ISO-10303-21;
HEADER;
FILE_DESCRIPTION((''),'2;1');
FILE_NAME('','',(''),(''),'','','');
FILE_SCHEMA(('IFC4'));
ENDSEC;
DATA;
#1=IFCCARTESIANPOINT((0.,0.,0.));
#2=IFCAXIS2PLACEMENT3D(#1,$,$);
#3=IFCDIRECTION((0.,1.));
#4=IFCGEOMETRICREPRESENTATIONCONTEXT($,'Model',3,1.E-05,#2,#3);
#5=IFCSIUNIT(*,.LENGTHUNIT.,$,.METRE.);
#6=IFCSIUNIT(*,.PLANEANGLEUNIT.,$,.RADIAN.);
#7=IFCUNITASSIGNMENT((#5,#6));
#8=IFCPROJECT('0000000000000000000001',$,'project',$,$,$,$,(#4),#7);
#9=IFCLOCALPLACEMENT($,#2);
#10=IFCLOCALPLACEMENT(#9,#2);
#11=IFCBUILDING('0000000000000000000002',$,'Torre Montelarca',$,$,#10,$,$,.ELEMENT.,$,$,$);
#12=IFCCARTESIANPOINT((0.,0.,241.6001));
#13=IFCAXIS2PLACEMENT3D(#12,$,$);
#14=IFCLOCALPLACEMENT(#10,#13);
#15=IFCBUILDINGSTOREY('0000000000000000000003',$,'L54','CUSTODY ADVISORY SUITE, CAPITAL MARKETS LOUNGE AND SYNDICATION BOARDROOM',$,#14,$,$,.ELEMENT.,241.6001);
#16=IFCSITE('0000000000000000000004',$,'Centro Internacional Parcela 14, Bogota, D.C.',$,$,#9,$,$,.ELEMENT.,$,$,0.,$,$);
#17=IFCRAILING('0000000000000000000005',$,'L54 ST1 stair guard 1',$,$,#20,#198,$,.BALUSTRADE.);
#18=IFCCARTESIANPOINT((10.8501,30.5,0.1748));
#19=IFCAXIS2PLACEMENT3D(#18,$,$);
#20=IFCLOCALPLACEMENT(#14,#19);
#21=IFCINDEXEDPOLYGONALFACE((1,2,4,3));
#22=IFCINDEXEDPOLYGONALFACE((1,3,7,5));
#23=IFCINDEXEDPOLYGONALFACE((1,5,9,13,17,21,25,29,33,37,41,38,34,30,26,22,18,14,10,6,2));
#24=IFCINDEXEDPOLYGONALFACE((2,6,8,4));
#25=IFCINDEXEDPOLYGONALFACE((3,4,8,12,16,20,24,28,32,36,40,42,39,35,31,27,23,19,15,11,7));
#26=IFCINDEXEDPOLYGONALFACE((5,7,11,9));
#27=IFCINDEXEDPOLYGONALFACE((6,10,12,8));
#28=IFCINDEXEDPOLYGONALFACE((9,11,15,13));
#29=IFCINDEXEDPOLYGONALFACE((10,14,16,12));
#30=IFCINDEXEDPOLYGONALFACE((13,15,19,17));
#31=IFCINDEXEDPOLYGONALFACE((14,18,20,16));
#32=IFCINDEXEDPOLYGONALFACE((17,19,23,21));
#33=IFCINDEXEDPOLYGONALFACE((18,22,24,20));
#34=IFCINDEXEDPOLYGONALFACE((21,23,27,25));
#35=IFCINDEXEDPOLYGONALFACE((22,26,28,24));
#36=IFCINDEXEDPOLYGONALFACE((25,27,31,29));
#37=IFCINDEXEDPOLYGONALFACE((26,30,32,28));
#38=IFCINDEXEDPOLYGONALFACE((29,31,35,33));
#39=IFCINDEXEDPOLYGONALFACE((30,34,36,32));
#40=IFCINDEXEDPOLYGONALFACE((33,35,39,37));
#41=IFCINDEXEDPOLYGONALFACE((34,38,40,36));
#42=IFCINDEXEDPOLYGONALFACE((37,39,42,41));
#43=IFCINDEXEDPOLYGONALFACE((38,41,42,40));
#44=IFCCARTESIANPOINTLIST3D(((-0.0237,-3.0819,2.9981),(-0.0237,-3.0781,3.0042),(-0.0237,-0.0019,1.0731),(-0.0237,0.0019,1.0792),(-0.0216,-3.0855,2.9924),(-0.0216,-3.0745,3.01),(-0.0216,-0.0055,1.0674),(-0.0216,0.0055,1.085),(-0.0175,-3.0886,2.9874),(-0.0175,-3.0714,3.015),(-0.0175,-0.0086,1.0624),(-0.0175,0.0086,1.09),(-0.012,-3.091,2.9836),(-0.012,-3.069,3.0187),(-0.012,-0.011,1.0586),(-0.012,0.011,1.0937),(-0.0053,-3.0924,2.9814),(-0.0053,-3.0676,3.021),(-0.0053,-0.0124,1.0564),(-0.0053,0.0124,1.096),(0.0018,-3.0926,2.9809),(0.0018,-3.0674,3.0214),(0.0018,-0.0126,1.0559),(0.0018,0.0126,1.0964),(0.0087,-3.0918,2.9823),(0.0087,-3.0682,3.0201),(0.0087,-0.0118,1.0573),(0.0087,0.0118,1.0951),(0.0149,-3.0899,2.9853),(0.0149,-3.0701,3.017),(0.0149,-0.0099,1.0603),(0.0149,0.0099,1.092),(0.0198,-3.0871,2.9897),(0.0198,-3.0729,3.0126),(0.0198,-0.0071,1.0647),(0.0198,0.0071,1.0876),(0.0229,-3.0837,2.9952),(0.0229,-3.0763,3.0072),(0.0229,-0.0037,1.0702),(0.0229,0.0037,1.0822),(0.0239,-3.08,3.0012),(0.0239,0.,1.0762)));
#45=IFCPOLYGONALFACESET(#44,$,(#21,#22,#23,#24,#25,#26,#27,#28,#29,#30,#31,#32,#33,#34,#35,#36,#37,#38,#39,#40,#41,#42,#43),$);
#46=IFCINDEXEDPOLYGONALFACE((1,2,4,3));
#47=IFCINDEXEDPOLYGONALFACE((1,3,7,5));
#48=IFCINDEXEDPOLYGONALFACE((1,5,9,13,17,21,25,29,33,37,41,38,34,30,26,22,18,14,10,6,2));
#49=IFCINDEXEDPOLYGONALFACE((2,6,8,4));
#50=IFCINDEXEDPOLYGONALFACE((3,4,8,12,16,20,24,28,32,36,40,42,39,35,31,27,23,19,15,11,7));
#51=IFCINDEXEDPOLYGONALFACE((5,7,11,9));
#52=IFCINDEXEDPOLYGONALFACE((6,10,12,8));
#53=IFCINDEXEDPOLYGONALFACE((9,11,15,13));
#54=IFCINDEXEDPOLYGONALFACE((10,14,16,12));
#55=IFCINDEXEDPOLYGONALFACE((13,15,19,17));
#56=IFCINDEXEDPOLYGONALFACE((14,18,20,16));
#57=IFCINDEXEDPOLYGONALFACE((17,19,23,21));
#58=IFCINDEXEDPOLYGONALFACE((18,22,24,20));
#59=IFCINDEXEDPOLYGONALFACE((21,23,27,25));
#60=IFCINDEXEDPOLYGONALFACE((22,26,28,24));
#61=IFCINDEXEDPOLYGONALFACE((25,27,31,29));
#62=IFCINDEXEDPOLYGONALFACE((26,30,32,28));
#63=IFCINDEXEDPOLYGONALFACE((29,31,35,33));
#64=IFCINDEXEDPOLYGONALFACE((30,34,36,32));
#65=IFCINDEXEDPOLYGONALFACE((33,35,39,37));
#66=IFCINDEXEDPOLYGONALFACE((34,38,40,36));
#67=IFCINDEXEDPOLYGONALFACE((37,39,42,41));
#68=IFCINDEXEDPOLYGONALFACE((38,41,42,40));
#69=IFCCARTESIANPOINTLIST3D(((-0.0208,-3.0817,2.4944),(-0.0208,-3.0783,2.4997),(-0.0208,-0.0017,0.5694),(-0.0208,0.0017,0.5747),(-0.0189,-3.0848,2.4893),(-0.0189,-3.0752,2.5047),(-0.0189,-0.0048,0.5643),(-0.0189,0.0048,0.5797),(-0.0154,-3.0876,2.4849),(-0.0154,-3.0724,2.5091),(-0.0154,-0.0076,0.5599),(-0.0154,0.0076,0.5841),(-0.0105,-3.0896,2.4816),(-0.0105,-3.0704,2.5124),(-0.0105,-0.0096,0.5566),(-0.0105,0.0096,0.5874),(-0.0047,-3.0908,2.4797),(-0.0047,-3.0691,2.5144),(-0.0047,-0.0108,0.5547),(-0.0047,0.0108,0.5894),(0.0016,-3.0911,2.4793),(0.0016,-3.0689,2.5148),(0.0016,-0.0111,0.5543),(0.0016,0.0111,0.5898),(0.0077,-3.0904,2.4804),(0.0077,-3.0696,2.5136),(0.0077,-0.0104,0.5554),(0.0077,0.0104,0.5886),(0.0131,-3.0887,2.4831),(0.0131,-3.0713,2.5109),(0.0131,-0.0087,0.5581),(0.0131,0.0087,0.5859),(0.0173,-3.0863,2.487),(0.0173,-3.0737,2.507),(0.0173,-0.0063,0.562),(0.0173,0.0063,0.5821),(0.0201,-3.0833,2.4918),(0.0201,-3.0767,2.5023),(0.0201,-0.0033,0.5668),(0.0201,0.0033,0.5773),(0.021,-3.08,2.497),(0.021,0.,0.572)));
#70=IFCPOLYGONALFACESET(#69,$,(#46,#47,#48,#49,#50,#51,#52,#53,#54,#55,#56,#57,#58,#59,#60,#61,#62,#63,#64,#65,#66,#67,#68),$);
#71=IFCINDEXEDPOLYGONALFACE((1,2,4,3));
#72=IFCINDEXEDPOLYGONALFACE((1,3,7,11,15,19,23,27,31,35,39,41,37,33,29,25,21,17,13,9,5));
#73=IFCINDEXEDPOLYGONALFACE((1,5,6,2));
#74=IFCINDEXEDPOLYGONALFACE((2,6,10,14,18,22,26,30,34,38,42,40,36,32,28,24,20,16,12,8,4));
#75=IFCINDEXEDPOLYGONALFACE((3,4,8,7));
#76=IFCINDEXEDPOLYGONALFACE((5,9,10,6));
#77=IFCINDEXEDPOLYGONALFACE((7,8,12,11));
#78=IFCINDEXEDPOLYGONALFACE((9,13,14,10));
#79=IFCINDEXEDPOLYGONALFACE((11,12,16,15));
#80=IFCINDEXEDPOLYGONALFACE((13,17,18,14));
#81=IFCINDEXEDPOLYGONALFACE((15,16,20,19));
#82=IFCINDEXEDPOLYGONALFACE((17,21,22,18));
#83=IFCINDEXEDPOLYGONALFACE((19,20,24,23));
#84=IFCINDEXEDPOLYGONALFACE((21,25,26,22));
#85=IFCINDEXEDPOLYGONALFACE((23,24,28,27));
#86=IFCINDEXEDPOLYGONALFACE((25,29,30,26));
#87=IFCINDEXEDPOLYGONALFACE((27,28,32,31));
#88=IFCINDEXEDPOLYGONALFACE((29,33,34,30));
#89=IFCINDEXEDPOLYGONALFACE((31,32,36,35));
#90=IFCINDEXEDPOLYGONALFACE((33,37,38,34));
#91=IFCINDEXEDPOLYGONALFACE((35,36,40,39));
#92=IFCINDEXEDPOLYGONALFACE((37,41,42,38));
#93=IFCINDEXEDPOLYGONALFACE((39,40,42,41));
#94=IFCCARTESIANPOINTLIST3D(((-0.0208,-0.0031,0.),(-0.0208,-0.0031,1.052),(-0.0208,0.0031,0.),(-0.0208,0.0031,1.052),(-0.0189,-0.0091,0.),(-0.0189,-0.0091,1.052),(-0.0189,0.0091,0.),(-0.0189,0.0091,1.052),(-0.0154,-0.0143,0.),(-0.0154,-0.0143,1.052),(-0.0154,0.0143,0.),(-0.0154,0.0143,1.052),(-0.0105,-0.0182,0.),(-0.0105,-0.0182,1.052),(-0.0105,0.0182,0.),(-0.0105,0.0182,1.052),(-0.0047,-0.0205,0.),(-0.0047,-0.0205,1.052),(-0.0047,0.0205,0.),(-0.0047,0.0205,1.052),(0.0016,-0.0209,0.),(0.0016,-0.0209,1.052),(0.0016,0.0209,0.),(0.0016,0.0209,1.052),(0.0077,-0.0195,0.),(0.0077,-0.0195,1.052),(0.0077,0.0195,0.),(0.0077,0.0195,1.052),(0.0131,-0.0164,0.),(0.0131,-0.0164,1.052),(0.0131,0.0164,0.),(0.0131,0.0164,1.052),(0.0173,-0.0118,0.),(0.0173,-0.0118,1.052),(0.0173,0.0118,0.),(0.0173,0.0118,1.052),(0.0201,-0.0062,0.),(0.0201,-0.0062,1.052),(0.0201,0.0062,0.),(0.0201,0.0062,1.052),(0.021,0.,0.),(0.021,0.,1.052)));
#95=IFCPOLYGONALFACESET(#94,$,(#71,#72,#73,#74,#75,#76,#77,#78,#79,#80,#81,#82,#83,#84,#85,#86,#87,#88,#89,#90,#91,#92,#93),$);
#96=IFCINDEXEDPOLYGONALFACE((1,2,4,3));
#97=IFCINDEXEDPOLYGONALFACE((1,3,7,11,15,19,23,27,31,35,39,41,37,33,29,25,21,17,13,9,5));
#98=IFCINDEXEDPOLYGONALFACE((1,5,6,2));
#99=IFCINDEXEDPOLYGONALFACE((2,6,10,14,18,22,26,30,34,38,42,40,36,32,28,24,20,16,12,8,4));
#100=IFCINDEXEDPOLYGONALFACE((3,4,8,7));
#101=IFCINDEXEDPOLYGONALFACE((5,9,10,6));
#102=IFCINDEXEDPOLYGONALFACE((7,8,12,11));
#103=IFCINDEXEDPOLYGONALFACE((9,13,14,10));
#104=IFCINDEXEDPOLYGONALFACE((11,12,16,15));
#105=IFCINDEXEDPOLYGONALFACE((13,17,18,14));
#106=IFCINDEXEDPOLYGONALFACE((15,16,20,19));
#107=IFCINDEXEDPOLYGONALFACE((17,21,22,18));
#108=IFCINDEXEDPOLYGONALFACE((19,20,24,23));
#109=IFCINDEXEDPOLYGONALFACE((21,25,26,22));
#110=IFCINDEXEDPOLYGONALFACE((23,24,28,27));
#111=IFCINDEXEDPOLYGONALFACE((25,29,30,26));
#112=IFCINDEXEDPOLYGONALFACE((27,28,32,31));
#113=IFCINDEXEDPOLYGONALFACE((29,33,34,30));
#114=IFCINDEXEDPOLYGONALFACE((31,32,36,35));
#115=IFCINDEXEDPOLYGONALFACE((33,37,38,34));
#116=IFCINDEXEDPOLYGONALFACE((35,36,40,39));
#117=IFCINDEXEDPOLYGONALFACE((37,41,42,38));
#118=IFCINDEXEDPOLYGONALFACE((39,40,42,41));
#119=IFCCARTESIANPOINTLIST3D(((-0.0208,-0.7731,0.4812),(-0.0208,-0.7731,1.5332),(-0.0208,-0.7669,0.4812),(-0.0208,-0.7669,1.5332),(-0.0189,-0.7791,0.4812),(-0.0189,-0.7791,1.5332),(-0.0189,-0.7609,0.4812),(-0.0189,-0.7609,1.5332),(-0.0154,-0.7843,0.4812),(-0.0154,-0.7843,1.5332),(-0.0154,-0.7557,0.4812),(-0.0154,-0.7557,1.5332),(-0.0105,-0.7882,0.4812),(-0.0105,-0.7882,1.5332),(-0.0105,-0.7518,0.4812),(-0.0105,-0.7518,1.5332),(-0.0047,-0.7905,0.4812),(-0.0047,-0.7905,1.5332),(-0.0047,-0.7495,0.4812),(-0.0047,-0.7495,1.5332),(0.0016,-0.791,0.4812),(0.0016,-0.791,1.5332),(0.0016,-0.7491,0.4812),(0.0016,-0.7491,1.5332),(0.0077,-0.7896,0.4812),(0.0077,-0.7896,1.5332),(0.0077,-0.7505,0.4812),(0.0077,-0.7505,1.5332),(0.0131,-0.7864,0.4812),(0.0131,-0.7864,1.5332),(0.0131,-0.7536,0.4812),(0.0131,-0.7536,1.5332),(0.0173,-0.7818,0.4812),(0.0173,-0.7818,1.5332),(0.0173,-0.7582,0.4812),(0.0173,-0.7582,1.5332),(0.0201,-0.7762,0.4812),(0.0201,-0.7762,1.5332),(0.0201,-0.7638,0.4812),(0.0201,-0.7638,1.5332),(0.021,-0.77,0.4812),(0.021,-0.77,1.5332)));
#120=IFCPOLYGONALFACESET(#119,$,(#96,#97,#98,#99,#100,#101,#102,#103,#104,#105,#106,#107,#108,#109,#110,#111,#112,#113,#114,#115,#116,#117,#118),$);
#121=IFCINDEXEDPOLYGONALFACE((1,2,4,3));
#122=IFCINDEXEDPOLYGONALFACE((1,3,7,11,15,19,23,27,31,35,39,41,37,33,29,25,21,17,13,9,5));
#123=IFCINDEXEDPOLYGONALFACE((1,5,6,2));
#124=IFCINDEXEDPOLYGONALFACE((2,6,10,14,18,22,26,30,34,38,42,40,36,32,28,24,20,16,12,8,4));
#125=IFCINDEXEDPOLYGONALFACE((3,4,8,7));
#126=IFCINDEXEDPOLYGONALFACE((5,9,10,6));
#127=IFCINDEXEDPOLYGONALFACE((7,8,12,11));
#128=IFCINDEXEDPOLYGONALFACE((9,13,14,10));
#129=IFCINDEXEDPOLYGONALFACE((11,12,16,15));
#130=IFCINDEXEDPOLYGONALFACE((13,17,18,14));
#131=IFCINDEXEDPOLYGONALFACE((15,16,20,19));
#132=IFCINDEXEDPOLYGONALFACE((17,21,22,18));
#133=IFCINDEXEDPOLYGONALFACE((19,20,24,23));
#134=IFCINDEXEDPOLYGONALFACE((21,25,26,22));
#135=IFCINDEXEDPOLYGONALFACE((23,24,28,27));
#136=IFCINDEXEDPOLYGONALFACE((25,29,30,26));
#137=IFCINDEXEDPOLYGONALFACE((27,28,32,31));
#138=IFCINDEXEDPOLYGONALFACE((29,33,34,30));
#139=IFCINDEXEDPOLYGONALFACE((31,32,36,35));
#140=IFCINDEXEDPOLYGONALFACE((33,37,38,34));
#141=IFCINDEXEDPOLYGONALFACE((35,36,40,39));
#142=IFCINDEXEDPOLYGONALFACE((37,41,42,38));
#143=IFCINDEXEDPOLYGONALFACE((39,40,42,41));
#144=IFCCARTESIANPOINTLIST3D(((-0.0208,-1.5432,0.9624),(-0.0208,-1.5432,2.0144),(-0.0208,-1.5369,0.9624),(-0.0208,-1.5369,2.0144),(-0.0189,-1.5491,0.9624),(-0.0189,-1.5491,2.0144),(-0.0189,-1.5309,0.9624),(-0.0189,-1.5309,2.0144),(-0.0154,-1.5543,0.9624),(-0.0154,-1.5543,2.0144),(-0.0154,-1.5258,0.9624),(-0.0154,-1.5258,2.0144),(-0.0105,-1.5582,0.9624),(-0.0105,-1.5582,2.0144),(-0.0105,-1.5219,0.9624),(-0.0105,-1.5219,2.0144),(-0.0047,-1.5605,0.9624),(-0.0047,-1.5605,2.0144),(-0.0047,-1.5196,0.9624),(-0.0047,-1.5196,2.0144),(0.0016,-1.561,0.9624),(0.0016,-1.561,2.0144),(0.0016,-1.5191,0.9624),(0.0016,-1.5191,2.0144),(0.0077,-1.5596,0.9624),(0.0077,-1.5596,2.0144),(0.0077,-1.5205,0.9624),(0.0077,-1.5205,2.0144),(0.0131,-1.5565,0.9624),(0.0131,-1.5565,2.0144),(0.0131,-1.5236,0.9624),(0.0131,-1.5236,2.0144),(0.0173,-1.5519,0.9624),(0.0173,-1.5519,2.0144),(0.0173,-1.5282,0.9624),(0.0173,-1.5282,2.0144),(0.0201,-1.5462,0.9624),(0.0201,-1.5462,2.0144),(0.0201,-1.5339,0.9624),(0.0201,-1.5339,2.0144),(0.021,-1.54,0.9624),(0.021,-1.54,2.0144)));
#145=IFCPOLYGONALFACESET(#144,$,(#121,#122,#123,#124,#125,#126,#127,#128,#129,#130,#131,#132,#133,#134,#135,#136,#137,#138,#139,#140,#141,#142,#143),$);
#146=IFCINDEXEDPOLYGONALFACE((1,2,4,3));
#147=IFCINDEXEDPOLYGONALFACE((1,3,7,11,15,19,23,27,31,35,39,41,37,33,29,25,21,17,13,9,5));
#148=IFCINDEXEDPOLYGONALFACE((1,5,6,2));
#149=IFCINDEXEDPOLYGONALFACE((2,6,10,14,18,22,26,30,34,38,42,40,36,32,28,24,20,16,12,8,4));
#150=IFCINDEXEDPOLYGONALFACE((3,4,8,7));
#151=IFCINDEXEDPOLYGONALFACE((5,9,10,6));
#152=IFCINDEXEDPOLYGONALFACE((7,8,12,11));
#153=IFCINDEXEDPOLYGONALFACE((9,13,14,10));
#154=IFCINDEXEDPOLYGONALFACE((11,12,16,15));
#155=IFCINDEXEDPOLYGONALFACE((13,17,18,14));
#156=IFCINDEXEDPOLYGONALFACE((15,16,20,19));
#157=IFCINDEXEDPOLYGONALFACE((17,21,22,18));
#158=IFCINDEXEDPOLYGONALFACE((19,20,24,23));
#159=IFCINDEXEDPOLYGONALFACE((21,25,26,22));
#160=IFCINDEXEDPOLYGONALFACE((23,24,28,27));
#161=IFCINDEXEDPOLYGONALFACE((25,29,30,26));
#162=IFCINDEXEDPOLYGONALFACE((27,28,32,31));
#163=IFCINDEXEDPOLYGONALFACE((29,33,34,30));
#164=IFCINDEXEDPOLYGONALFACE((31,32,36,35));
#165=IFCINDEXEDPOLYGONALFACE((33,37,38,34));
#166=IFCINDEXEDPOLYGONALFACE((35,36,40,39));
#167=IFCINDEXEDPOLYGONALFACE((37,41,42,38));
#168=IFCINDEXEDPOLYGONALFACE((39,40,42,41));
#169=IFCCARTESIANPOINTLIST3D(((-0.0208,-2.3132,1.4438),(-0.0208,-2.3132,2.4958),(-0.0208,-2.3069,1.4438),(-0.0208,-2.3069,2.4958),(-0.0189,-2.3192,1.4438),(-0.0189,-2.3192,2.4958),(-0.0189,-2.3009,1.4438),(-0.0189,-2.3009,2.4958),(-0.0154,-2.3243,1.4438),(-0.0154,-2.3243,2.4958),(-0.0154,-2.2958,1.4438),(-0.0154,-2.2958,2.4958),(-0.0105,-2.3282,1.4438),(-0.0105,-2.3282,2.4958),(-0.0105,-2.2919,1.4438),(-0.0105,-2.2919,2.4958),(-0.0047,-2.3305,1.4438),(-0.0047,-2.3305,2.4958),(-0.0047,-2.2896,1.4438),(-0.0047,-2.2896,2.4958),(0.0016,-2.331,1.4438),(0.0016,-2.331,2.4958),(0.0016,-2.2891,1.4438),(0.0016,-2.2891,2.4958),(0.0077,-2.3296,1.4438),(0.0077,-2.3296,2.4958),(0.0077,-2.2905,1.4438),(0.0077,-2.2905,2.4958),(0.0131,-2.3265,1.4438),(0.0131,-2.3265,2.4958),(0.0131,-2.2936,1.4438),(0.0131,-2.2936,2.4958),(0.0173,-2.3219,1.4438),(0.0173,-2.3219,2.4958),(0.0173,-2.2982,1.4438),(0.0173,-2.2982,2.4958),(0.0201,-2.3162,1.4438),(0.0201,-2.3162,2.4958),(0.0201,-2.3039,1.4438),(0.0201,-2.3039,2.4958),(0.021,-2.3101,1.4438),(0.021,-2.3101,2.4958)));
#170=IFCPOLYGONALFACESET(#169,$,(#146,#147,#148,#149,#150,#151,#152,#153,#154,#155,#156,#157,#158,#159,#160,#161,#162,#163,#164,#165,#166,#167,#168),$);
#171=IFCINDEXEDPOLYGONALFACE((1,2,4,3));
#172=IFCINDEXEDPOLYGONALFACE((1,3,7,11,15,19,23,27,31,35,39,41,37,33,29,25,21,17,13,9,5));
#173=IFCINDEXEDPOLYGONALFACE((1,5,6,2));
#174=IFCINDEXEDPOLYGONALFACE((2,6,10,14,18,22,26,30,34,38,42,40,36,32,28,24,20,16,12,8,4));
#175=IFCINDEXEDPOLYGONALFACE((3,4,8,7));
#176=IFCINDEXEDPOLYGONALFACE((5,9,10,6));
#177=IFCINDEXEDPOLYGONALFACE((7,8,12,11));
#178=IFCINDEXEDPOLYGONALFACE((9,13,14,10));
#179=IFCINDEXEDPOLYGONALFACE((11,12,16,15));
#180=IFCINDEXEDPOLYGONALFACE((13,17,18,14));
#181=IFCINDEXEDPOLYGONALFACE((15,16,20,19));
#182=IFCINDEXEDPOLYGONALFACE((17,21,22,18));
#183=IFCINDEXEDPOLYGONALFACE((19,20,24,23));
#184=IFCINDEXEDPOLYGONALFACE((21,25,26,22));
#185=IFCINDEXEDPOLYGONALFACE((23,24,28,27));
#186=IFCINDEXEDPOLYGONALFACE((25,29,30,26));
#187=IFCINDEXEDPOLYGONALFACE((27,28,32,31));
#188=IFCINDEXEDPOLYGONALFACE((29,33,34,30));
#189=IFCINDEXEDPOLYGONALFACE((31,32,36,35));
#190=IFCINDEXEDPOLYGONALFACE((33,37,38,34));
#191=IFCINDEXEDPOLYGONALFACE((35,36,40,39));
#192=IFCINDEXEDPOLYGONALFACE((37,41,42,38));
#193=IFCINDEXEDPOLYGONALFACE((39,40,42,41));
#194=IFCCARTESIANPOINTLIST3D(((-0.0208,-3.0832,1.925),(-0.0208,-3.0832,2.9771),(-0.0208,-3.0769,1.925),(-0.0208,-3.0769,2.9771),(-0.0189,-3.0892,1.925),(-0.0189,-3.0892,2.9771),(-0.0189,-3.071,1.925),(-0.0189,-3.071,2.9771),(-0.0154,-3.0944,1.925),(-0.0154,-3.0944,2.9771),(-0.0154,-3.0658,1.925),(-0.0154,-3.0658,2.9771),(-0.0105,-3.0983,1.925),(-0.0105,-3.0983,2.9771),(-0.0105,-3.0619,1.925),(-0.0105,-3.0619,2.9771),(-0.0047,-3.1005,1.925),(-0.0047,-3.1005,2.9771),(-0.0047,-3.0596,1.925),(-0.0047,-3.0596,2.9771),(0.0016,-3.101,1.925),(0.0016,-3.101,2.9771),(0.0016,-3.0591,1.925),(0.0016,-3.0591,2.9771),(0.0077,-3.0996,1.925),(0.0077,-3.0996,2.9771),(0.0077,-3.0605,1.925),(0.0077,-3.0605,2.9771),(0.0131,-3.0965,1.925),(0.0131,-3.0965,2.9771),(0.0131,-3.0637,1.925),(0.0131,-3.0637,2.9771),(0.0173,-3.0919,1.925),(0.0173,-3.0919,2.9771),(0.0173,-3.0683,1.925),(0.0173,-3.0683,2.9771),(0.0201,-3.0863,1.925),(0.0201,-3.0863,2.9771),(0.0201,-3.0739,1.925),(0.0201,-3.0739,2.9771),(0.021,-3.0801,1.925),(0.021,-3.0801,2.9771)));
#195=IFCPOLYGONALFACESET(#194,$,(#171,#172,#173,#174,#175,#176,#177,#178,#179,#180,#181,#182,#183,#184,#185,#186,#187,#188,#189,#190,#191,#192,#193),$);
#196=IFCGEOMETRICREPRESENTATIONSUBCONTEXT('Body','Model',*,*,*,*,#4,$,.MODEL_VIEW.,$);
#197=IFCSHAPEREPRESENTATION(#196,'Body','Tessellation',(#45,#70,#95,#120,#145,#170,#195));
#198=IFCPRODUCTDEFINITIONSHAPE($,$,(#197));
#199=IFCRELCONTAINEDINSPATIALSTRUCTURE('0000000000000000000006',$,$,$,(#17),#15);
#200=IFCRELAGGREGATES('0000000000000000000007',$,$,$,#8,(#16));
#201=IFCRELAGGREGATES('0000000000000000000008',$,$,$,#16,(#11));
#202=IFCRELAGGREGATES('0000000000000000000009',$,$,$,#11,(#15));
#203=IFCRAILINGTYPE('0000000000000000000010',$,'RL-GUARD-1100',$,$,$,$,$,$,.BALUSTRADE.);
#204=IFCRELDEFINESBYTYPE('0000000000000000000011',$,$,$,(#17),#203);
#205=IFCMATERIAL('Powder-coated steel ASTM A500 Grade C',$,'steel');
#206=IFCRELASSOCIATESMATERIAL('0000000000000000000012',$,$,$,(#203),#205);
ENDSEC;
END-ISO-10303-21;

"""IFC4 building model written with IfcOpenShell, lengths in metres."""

from ifc_helpers import new_model, si_unit, direction, frame, origin, origin_2d, place, context, subcontext, project, spatial, circle, extrude, material, type_object, element, save


model = new_model("IFC4")

# Units and contexts
model_context = context("Model", 3, precision=1e-05, world=origin(), true_north=direction((0.0, 1.0)))
body_context = subcontext(model_context, "Body", "Model", "MODEL_VIEW")
ifc_project = project(units=[si_unit("LENGTHUNIT", "METRE"), si_unit("PLANEANGLEUNIT", "RADIAN")], contexts=[model_context])

# Site, building, storey
site_placement = place(None, origin())
site = spatial("IfcSite", under=ifc_project, at=site_placement, Name="Centro Internacional Parcela 14, Bogota, D.C.", CompositionType="ELEMENT", RefElevation=0.0)
building_placement = place(site_placement, origin())
building = spatial("IfcBuilding", under=site, at=building_placement, Name="Torre Montelarca", CompositionType="ELEMENT")
storey_placement = place(building_placement, frame((0.0, 0.0, 241.6001)))
storey = spatial("IfcBuildingStorey", under=building, at=storey_placement, Name="L54", Description="CUSTODY ADVISORY SUITE, CAPITAL MARKETS LOUNGE AND SYNDICATION BOARDROOM", CompositionType="ELEMENT", Elevation=241.6001)

# Railing
ifc_material_1 = material(Name="Powder-coated steel ASTM A500 Grade C", Category="steel")
railing_type_1 = type_object("IfcRailingType", Name="RL-GUARD-1100", PredefinedType="BALUSTRADE", material=ifc_material_1)
railing_1_placement = place(storey_placement, frame((10.8501, 30.5, 0.1748)))
element("IfcRailing", 1, at=railing_1_placement, inside=storey, type_object=railing_type_1, Name="L54 ST1 stair guard 1", PredefinedType="BALUSTRADE", context=body_context, shape_type="SweptSolid", body=[
    extrude(circle(Radius=0.0239, at=origin_2d()), frame((0.0, 0.0, 1.0762), z_axis=(0.0, -0.847998, 0.529999), x_axis=(1.0, 0.0, 0.0)), (0.0, 0.0, 1.0), 3.6321),
    extrude(circle(Radius=0.021, at=origin_2d()), frame((0.0, 0.0, 0.572), z_axis=(0.0, -0.847998, 0.529999), x_axis=(1.0, 0.0, 0.0)), (0.0, 0.0, 1.0), 3.6321),
    extrude(circle(Radius=0.021, at=origin_2d()), origin(), (0.0, 0.0, 1.0), 1.052),
    extrude(circle(Radius=0.021, at=origin_2d()), frame((0.0, -0.77, 0.4812)), (0.0, 0.0, 1.0), 1.052),
    extrude(circle(Radius=0.021, at=origin_2d()), frame((0.0, -1.54, 0.9624)), (0.0, 0.0, 1.0), 1.052),
    extrude(circle(Radius=0.021, at=origin_2d()), frame((0.0, -2.3101, 1.4438)), (0.0, 0.0, 1.0), 1.052),
    extrude(circle(Radius=0.021, at=origin_2d()), frame((0.0, -3.0801, 1.925)), (0.0, 0.0, 1.0), 1.052),
])

save(model, "model.ifc")
